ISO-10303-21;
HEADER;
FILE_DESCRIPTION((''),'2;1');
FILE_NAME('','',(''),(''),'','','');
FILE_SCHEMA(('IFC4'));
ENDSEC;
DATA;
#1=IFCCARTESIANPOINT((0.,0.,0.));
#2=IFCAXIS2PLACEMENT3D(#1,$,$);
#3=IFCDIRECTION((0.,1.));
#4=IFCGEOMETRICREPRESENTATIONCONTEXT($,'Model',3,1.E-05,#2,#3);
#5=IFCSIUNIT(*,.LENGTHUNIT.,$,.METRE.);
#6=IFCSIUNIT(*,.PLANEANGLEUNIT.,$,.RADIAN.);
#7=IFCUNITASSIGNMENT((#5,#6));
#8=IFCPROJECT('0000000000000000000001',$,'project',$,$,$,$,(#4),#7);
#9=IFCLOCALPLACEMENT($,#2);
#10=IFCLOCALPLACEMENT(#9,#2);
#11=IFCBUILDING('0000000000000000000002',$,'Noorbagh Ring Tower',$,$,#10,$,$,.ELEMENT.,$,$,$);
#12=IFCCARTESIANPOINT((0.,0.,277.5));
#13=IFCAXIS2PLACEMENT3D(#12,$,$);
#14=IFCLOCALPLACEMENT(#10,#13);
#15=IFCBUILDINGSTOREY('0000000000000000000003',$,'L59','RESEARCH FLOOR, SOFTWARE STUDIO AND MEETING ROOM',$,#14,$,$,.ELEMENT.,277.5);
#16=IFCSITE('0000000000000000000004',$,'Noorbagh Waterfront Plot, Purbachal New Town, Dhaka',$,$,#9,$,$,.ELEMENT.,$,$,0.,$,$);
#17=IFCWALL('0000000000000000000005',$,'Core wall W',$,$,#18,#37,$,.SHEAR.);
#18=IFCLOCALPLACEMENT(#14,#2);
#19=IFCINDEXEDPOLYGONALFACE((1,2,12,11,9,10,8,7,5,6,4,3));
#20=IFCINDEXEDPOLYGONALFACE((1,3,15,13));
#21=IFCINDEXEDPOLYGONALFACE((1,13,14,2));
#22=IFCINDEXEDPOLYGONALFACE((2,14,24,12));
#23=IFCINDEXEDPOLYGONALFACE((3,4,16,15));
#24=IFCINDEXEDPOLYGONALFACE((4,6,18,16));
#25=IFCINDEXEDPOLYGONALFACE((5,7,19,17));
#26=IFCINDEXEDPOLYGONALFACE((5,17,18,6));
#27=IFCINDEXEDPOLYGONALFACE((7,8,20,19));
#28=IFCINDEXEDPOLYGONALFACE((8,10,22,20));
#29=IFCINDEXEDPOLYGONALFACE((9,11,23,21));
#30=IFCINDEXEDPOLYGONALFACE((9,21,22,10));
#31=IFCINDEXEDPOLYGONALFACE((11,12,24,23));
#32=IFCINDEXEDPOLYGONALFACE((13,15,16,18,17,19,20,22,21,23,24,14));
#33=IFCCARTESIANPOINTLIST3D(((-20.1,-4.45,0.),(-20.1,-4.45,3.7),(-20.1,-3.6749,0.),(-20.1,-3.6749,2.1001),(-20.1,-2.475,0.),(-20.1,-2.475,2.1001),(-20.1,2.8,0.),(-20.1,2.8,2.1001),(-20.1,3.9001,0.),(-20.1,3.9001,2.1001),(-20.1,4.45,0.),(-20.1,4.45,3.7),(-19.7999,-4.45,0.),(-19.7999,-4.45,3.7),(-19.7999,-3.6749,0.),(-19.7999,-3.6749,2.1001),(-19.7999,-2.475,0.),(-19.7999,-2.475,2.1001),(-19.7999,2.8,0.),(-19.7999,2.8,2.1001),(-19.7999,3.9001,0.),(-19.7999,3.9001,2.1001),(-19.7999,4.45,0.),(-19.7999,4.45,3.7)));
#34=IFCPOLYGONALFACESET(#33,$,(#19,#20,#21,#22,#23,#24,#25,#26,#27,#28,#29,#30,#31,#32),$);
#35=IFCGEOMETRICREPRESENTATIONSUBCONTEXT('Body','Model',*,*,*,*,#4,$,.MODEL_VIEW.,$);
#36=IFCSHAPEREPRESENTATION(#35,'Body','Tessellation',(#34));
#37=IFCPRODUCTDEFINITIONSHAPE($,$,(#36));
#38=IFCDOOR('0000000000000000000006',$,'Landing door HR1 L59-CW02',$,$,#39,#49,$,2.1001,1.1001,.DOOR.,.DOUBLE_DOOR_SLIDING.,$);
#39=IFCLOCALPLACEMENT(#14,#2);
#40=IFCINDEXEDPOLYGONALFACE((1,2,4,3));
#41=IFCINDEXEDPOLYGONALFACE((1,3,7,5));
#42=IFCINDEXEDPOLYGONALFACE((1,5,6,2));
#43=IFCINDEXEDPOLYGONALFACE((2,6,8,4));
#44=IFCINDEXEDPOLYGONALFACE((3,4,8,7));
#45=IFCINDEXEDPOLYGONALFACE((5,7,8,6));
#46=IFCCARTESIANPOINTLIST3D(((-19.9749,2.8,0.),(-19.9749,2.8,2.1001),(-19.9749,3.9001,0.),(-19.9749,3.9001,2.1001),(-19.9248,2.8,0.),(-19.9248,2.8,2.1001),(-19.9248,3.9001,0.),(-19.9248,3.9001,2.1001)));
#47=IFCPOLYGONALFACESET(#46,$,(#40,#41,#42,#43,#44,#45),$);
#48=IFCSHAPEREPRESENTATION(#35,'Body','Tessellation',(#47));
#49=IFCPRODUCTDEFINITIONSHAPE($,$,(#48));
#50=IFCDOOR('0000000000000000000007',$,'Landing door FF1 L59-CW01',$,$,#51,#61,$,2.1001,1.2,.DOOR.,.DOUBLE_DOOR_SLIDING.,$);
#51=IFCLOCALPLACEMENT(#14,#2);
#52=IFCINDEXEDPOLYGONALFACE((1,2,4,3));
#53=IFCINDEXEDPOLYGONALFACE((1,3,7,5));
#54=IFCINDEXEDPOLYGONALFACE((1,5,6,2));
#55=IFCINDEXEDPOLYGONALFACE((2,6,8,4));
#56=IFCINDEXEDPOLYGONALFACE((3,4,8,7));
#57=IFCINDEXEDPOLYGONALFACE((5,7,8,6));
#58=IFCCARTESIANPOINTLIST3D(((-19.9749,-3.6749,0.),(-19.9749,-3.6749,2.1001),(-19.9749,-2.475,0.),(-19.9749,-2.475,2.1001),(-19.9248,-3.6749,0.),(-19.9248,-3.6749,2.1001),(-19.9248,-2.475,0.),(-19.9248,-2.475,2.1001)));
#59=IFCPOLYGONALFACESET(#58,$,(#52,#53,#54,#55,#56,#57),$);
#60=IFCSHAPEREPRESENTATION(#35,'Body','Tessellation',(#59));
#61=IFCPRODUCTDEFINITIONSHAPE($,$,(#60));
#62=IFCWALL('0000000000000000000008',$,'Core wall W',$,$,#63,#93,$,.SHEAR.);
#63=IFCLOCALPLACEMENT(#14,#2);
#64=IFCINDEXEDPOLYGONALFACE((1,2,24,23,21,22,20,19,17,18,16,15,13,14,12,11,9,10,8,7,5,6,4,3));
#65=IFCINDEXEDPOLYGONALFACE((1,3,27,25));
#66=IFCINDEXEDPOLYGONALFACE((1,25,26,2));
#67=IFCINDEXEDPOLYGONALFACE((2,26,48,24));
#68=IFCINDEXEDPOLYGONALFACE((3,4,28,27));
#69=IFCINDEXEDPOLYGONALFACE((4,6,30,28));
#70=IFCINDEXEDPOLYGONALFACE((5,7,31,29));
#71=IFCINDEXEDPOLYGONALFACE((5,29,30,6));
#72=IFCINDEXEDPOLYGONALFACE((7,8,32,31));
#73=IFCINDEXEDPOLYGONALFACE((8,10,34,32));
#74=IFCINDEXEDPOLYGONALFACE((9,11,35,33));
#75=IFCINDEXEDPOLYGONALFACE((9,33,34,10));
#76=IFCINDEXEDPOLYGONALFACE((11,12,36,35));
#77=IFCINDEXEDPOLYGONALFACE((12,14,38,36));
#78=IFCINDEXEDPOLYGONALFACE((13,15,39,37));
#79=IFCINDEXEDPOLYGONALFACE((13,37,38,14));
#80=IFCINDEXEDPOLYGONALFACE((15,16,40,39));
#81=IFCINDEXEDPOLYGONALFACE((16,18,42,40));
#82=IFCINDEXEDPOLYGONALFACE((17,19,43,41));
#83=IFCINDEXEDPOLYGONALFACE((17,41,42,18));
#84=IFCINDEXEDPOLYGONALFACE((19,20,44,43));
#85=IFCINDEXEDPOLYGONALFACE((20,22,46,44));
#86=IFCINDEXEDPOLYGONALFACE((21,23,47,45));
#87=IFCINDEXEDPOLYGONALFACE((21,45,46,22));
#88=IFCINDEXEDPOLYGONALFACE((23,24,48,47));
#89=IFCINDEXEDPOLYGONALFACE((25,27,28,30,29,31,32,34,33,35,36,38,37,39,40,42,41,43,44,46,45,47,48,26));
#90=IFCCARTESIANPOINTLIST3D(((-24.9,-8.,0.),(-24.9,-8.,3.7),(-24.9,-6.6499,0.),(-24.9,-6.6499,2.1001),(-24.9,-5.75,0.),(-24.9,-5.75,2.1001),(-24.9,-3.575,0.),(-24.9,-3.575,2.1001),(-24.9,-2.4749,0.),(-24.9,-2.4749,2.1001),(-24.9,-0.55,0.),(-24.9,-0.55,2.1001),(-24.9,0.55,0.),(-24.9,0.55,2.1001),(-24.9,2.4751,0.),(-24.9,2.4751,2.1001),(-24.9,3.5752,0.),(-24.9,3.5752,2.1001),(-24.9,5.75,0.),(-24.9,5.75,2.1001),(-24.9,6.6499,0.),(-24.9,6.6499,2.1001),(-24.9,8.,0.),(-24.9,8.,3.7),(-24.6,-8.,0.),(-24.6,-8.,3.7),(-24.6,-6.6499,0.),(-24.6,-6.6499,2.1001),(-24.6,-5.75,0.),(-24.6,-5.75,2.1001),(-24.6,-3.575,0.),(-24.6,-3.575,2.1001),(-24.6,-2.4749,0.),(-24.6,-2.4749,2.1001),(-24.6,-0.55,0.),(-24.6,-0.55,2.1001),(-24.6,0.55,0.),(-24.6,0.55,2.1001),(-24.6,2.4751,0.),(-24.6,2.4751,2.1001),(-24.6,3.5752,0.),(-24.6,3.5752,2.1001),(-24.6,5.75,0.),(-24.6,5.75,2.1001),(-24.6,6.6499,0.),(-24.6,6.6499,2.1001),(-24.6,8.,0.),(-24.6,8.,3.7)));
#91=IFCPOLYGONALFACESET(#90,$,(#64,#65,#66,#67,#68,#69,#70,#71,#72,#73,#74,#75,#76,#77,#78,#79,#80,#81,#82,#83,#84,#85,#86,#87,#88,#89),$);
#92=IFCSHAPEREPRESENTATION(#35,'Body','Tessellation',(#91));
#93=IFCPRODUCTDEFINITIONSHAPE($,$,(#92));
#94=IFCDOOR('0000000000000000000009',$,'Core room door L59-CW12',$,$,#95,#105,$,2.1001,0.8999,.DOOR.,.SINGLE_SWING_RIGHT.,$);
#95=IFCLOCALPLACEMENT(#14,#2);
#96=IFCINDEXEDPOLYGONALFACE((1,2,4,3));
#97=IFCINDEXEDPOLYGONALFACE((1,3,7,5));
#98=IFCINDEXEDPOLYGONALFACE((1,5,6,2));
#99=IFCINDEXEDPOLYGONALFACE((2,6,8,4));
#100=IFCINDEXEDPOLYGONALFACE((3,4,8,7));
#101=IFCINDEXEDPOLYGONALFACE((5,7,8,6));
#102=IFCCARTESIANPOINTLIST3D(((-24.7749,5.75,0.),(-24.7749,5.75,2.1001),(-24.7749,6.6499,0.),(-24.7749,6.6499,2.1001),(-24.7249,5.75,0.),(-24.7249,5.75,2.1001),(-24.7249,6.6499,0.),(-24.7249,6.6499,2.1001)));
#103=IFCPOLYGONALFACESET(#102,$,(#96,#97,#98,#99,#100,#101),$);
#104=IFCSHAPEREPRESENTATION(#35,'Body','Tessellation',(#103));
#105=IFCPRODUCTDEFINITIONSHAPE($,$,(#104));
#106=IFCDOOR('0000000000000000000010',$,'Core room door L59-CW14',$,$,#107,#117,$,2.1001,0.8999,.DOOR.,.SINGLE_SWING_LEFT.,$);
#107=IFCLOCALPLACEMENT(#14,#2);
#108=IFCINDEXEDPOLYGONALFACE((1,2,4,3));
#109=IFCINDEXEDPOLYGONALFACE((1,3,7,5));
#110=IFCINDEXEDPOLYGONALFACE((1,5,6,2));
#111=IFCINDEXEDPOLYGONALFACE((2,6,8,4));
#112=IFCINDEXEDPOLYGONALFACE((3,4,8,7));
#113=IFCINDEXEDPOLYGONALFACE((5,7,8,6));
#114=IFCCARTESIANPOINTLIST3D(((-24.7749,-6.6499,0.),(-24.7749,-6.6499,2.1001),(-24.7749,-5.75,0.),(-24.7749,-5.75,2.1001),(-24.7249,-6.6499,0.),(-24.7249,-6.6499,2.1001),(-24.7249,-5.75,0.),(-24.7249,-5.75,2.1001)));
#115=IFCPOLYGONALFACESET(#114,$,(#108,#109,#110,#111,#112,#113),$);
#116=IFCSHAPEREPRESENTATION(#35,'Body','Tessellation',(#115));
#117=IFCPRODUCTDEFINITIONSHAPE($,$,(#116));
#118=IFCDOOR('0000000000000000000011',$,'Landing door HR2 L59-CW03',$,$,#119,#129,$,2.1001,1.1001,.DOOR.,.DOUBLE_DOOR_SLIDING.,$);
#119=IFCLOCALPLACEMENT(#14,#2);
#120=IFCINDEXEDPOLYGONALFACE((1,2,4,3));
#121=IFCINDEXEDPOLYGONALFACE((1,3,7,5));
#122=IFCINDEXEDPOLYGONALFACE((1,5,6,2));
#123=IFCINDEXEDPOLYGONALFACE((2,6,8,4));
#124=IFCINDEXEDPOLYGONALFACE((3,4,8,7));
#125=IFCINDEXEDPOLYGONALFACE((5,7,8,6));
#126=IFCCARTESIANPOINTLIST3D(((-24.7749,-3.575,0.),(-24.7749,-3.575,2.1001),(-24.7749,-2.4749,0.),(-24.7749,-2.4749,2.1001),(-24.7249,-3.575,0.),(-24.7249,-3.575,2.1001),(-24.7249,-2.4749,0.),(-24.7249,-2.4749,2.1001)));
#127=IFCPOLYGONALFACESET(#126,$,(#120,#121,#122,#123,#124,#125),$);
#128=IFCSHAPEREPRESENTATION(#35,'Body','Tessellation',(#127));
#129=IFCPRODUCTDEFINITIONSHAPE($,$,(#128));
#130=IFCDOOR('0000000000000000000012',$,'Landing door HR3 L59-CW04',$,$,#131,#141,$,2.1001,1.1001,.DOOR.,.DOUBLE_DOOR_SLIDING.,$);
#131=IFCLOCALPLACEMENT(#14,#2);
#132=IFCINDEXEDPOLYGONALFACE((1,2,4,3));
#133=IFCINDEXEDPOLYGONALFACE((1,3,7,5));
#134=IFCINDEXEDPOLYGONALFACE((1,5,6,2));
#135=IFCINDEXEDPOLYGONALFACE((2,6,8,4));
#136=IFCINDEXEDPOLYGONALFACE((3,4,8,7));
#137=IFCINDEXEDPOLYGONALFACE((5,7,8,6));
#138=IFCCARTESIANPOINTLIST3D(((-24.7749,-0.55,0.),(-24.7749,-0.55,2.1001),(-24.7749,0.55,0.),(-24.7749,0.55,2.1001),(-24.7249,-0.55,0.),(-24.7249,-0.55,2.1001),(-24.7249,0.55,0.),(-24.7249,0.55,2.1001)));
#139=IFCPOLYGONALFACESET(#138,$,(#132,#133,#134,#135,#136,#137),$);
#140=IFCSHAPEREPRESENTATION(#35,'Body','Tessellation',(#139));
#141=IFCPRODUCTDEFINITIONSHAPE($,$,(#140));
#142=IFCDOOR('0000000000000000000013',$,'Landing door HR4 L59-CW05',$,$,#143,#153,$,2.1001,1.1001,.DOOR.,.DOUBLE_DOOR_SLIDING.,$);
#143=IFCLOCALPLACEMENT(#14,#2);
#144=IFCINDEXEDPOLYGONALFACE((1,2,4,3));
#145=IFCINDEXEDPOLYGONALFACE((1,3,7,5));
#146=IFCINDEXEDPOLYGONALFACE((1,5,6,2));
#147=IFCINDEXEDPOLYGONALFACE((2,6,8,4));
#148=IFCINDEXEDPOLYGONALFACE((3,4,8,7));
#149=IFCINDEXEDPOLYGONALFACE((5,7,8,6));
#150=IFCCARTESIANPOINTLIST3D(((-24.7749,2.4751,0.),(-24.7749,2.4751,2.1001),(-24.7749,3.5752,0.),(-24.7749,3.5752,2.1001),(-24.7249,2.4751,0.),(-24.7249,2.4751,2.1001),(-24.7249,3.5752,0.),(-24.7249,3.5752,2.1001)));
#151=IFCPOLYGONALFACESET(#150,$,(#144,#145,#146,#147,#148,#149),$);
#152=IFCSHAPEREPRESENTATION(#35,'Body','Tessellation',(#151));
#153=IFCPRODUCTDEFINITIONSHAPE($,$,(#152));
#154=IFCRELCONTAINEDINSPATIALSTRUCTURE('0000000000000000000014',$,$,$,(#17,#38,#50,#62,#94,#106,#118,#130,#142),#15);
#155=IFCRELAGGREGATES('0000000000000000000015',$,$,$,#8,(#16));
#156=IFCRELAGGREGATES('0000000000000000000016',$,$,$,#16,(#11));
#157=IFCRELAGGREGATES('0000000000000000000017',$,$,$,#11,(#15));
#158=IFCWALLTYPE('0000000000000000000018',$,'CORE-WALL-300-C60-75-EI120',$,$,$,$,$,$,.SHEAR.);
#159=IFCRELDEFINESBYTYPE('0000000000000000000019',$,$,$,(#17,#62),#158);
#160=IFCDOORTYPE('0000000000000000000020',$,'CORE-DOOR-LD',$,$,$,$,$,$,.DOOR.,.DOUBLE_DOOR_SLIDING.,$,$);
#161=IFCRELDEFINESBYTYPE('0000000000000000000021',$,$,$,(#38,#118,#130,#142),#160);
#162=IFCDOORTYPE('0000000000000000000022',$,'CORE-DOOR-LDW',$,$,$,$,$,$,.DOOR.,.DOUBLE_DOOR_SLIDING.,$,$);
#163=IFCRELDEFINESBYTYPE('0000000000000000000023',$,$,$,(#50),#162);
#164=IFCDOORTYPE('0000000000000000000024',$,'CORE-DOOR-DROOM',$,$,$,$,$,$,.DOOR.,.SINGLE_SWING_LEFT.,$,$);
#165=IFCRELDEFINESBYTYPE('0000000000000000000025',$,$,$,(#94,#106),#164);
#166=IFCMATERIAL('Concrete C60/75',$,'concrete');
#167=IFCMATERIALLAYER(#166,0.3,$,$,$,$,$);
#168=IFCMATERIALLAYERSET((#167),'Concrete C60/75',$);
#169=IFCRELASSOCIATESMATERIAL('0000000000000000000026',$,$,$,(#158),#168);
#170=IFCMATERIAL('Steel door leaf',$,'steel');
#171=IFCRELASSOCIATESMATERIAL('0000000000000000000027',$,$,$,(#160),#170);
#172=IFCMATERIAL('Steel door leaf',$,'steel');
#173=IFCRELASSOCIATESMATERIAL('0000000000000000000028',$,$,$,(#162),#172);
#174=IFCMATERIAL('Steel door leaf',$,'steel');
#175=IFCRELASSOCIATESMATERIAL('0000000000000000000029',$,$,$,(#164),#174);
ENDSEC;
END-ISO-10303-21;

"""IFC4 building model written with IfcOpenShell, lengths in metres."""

from ifc_helpers import new_model, si_unit, direction, frame, frame_2d, origin, place, context, subcontext, project, spatial, rectangle, extrude, material, layer, layer_set, type_object, element, fill, save


model = new_model("IFC4")

# Units and contexts
model_context = context("Model", 3, precision=1e-05, world=origin(), true_north=direction((0.0, 1.0)))
body_context = subcontext(model_context, "Body", "Model", "MODEL_VIEW")
ifc_project = project(units=[si_unit("LENGTHUNIT", "METRE"), si_unit("PLANEANGLEUNIT", "RADIAN")], contexts=[model_context])

# Site, building, storey
site_placement = place(None, origin())
site = spatial("IfcSite", under=ifc_project, at=site_placement, Name="Noorbagh Waterfront Plot, Purbachal New Town, Dhaka", CompositionType="ELEMENT", RefElevation=0.0)
building_placement = place(site_placement, origin())
building = spatial("IfcBuilding", under=site, at=building_placement, Name="Noorbagh Ring Tower", CompositionType="ELEMENT")
storey_placement = place(building_placement, frame((0.0, 0.0, 277.5)))
storey = spatial("IfcBuildingStorey", under=building, at=storey_placement, Name="L59", Description="RESEARCH FLOOR, SOFTWARE STUDIO AND MEETING ROOM", CompositionType="ELEMENT", Elevation=277.5)

# Shared definitions
ifc_material_1 = material(Name="Concrete C60/75", Category="concrete")
ifc_layer_1 = layer(ifc_material_1, 0.3)
ifc_layer_set_1 = layer_set([ifc_layer_1], Name="Concrete C60/75")
wall_type_1 = type_object("IfcWallType", Name="CORE-WALL-300-C60-75-EI120", PredefinedType="SHEAR", material=ifc_layer_set_1)

# Walls, openings, doors
wall_1_placement = place(storey_placement, frame((-19.95, -4.45, 0.0), z_axis=(0.0, 0.0, 1.0), x_axis=(0.0, 1.0, 0.0)))
wall_1 = element("IfcWall", 1, at=wall_1_placement, inside=storey, type_object=wall_type_1, Name="Core wall W", PredefinedType="SHEAR", context=body_context, shape_type="SweptSolid", body=[
    extrude(rectangle(XDim=8.8999, YDim=0.3, at=frame_2d((4.45, 0.0))), origin(), (0.0, 0.0, 1.0), 3.7),
])
opening_1_placement = place(wall_1_placement, frame((0.7749, 0.0, 0.0)))
opening_1 = element("IfcOpeningElement", 2, at=opening_1_placement, cuts=wall_1, PredefinedType="OPENING", context=body_context, shape_type="SweptSolid", body=[
    extrude(rectangle(XDim=1.2, YDim=2.1001, at=frame_2d((0.6001, 1.05))), frame((0.0, 0.1602, 0.0), z_axis=(0.0, -1.0, 0.0), x_axis=(1.0, 0.0, 0.0)), (0.0, 0.0, 1.0), 0.3201),
])
opening_2_placement = place(wall_1_placement, frame((7.25, 0.0, 0.0)))
opening_2 = element("IfcOpeningElement", 3, at=opening_2_placement, cuts=wall_1, PredefinedType="OPENING", context=body_context, shape_type="SweptSolid", body=[
    extrude(rectangle(XDim=1.1001, YDim=2.1001, at=frame_2d((0.55, 1.05))), frame((0.0, 0.1602, 0.0), z_axis=(0.0, -1.0, 0.0), x_axis=(1.0, 0.0, 0.0)), (0.0, 0.0, 1.0), 0.3201),
])
ifc_material_2 = material(Name="Steel door leaf", Category="steel")
door_type_1 = type_object("IfcDoorType", Name="CORE-DOOR-LD", OperationType="DOUBLE_DOOR_SLIDING", PredefinedType="DOOR", material=ifc_material_2)
door_1_placement = place(opening_2_placement, origin())
door_1 = element("IfcDoor", 4, at=door_1_placement, inside=storey, type_object=door_type_1, Name="Landing door HR1 L59-CW02", OperationType="DOUBLE_DOOR_SLIDING", OverallHeight=2.1001, OverallWidth=1.1001, PredefinedType="DOOR", context=body_context, shape_type="SweptSolid", body=[
    extrude(rectangle(XDim=1.1001, YDim=2.1001, at=frame_2d((0.55, 1.05))), frame((0.0, 0.0249, 0.0), z_axis=(0.0, -1.0, 0.0), x_axis=(1.0, 0.0, 0.0)), (0.0, 0.0, 1.0), 0.05),
])
fill(opening_2, door_1)
ifc_material_3 = material(Name="Steel door leaf", Category="steel")
door_type_2 = type_object("IfcDoorType", Name="CORE-DOOR-LDW", OperationType="DOUBLE_DOOR_SLIDING", PredefinedType="DOOR", material=ifc_material_3)
door_2_placement = place(opening_1_placement, origin())
door_2 = element("IfcDoor", 5, at=door_2_placement, inside=storey, type_object=door_type_2, Name="Landing door FF1 L59-CW01", OperationType="DOUBLE_DOOR_SLIDING", OverallHeight=2.1001, OverallWidth=1.2, PredefinedType="DOOR", context=body_context, shape_type="SweptSolid", body=[
    extrude(rectangle(XDim=1.2, YDim=2.1001, at=frame_2d((0.6001, 1.05))), frame((0.0, 0.0249, 0.0), z_axis=(0.0, -1.0, 0.0), x_axis=(1.0, 0.0, 0.0)), (0.0, 0.0, 1.0), 0.05),
])
fill(opening_1, door_2)
wall_2_placement = place(storey_placement, frame((-24.75, -8.0, 0.0), z_axis=(0.0, 0.0, 1.0), x_axis=(0.0, 1.0, 0.0)))
wall_2 = element("IfcWall", 6, at=wall_2_placement, inside=storey, type_object=wall_type_1, Name="Core wall W", PredefinedType="SHEAR", context=body_context, shape_type="SweptSolid", body=[
    extrude(rectangle(XDim=16.0, YDim=0.3, at=frame_2d((8.0, 0.0))), origin(), (0.0, 0.0, 1.0), 3.7),
])
opening_3_placement = place(wall_2_placement, frame((4.425, 0.0, 0.0)))
opening_3 = element("IfcOpeningElement", 7, at=opening_3_placement, cuts=wall_2, PredefinedType="OPENING", context=body_context, shape_type="SweptSolid", body=[
    extrude(rectangle(XDim=1.1001, YDim=2.1001, at=frame_2d((0.55, 1.05))), frame((0.0, 0.1602, 0.0), z_axis=(0.0, -1.0, 0.0), x_axis=(1.0, 0.0, 0.0)), (0.0, 0.0, 1.0), 0.3201),
])
opening_4_placement = place(wall_2_placement, frame((7.45, 0.0, 0.0)))
opening_4 = element("IfcOpeningElement", 8, at=opening_4_placement, cuts=wall_2, PredefinedType="OPENING", context=body_context, shape_type="SweptSolid", body=[
    extrude(rectangle(XDim=1.1001, YDim=2.1001, at=frame_2d((0.55, 1.05))), frame((0.0, 0.1602, 0.0), z_axis=(0.0, -1.0, 0.0), x_axis=(1.0, 0.0, 0.0)), (0.0, 0.0, 1.0), 0.3201),
])
opening_5_placement = place(wall_2_placement, frame((10.4751, 0.0, 0.0)))
opening_5 = element("IfcOpeningElement", 9, at=opening_5_placement, cuts=wall_2, PredefinedType="OPENING", context=body_context, shape_type="SweptSolid", body=[
    extrude(rectangle(XDim=1.1001, YDim=2.1001, at=frame_2d((0.55, 1.05))), frame((0.0, 0.1602, 0.0), z_axis=(0.0, -1.0, 0.0), x_axis=(1.0, 0.0, 0.0)), (0.0, 0.0, 1.0), 0.3201),
])
opening_6_placement = place(wall_2_placement, frame((13.75, 0.0, 0.0)))
opening_6 = element("IfcOpeningElement", 10, at=opening_6_placement, cuts=wall_2, PredefinedType="OPENING", context=body_context, shape_type="SweptSolid", body=[
    extrude(rectangle(XDim=0.8999, YDim=2.1001, at=frame_2d((0.45, 1.05))), frame((0.0, 0.1602, 0.0), z_axis=(0.0, -1.0, 0.0), x_axis=(1.0, 0.0, 0.0)), (0.0, 0.0, 1.0), 0.3201),
])
opening_7_placement = place(wall_2_placement, frame((1.3501, 0.0, 0.0)))
opening_7 = element("IfcOpeningElement", 11, at=opening_7_placement, cuts=wall_2, PredefinedType="OPENING", context=body_context, shape_type="SweptSolid", body=[
    extrude(rectangle(XDim=0.8999, YDim=2.1001, at=frame_2d((0.45, 1.05))), frame((0.0, 0.1602, 0.0), z_axis=(0.0, -1.0, 0.0), x_axis=(1.0, 0.0, 0.0)), (0.0, 0.0, 1.0), 0.3201),
])
ifc_material_4 = material(Name="Steel door leaf", Category="steel")
door_type_3 = type_object("IfcDoorType", Name="CORE-DOOR-DROOM", OperationType="SINGLE_SWING_LEFT", PredefinedType="DOOR", material=ifc_material_4)
door_3_placement = place(opening_6_placement, origin())
door_3 = element("IfcDoor", 12, at=door_3_placement, inside=storey, type_object=door_type_3, Name="Core room door L59-CW12", OperationType="SINGLE_SWING_RIGHT", OverallHeight=2.1001, OverallWidth=0.8999, PredefinedType="DOOR", context=body_context, shape_type="SweptSolid", body=[
    extrude(rectangle(XDim=0.8999, YDim=2.1001, at=frame_2d((0.45, 1.05))), frame((0.0, 0.0249, 0.0), z_axis=(0.0, -1.0, 0.0), x_axis=(1.0, 0.0, 0.0)), (0.0, 0.0, 1.0), 0.05),
])
fill(opening_6, door_3)
door_4_placement = place(opening_7_placement, origin())
door_4 = element("IfcDoor", 13, at=door_4_placement, inside=storey, type_object=door_type_3, Name="Core room door L59-CW14", OperationType="SINGLE_SWING_LEFT", OverallHeight=2.1001, OverallWidth=0.8999, PredefinedType="DOOR", context=body_context, shape_type="SweptSolid", body=[
    extrude(rectangle(XDim=0.8999, YDim=2.1001, at=frame_2d((0.45, 1.05))), frame((0.0, 0.0249, 0.0), z_axis=(0.0, -1.0, 0.0), x_axis=(1.0, 0.0, 0.0)), (0.0, 0.0, 1.0), 0.05),
])
fill(opening_7, door_4)
door_5_placement = place(opening_3_placement, origin())
door_5 = element("IfcDoor", 14, at=door_5_placement, inside=storey, type_object=door_type_1, Name="Landing door HR2 L59-CW03", OperationType="DOUBLE_DOOR_SLIDING", OverallHeight=2.1001, OverallWidth=1.1001, PredefinedType="DOOR", context=body_context, shape_type="SweptSolid", body=[
    extrude(rectangle(XDim=1.1001, YDim=2.1001, at=frame_2d((0.55, 1.05))), frame((0.0, 0.0249, 0.0), z_axis=(0.0, -1.0, 0.0), x_axis=(1.0, 0.0, 0.0)), (0.0, 0.0, 1.0), 0.05),
])
fill(opening_3, door_5)
door_6_placement = place(opening_4_placement, origin())
door_6 = element("IfcDoor", 15, at=door_6_placement, inside=storey, type_object=door_type_1, Name="Landing door HR3 L59-CW04", OperationType="DOUBLE_DOOR_SLIDING", OverallHeight=2.1001, OverallWidth=1.1001, PredefinedType="DOOR", context=body_context, shape_type="SweptSolid", body=[
    extrude(rectangle(XDim=1.1001, YDim=2.1001, at=frame_2d((0.55, 1.05))), frame((0.0, 0.0249, 0.0), z_axis=(0.0, -1.0, 0.0), x_axis=(1.0, 0.0, 0.0)), (0.0, 0.0, 1.0), 0.05),
])
fill(opening_4, door_6)
door_7_placement = place(opening_5_placement, origin())
door_7 = element("IfcDoor", 16, at=door_7_placement, inside=storey, type_object=door_type_1, Name="Landing door HR4 L59-CW05", OperationType="DOUBLE_DOOR_SLIDING", OverallHeight=2.1001, OverallWidth=1.1001, PredefinedType="DOOR", context=body_context, shape_type="SweptSolid", body=[
    extrude(rectangle(XDim=1.1001, YDim=2.1001, at=frame_2d((0.55, 1.05))), frame((0.0, 0.0249, 0.0), z_axis=(0.0, -1.0, 0.0), x_axis=(1.0, 0.0, 0.0)), (0.0, 0.0, 1.0), 0.05),
])
fill(opening_5, door_7)

save(model, "model.ifc")
